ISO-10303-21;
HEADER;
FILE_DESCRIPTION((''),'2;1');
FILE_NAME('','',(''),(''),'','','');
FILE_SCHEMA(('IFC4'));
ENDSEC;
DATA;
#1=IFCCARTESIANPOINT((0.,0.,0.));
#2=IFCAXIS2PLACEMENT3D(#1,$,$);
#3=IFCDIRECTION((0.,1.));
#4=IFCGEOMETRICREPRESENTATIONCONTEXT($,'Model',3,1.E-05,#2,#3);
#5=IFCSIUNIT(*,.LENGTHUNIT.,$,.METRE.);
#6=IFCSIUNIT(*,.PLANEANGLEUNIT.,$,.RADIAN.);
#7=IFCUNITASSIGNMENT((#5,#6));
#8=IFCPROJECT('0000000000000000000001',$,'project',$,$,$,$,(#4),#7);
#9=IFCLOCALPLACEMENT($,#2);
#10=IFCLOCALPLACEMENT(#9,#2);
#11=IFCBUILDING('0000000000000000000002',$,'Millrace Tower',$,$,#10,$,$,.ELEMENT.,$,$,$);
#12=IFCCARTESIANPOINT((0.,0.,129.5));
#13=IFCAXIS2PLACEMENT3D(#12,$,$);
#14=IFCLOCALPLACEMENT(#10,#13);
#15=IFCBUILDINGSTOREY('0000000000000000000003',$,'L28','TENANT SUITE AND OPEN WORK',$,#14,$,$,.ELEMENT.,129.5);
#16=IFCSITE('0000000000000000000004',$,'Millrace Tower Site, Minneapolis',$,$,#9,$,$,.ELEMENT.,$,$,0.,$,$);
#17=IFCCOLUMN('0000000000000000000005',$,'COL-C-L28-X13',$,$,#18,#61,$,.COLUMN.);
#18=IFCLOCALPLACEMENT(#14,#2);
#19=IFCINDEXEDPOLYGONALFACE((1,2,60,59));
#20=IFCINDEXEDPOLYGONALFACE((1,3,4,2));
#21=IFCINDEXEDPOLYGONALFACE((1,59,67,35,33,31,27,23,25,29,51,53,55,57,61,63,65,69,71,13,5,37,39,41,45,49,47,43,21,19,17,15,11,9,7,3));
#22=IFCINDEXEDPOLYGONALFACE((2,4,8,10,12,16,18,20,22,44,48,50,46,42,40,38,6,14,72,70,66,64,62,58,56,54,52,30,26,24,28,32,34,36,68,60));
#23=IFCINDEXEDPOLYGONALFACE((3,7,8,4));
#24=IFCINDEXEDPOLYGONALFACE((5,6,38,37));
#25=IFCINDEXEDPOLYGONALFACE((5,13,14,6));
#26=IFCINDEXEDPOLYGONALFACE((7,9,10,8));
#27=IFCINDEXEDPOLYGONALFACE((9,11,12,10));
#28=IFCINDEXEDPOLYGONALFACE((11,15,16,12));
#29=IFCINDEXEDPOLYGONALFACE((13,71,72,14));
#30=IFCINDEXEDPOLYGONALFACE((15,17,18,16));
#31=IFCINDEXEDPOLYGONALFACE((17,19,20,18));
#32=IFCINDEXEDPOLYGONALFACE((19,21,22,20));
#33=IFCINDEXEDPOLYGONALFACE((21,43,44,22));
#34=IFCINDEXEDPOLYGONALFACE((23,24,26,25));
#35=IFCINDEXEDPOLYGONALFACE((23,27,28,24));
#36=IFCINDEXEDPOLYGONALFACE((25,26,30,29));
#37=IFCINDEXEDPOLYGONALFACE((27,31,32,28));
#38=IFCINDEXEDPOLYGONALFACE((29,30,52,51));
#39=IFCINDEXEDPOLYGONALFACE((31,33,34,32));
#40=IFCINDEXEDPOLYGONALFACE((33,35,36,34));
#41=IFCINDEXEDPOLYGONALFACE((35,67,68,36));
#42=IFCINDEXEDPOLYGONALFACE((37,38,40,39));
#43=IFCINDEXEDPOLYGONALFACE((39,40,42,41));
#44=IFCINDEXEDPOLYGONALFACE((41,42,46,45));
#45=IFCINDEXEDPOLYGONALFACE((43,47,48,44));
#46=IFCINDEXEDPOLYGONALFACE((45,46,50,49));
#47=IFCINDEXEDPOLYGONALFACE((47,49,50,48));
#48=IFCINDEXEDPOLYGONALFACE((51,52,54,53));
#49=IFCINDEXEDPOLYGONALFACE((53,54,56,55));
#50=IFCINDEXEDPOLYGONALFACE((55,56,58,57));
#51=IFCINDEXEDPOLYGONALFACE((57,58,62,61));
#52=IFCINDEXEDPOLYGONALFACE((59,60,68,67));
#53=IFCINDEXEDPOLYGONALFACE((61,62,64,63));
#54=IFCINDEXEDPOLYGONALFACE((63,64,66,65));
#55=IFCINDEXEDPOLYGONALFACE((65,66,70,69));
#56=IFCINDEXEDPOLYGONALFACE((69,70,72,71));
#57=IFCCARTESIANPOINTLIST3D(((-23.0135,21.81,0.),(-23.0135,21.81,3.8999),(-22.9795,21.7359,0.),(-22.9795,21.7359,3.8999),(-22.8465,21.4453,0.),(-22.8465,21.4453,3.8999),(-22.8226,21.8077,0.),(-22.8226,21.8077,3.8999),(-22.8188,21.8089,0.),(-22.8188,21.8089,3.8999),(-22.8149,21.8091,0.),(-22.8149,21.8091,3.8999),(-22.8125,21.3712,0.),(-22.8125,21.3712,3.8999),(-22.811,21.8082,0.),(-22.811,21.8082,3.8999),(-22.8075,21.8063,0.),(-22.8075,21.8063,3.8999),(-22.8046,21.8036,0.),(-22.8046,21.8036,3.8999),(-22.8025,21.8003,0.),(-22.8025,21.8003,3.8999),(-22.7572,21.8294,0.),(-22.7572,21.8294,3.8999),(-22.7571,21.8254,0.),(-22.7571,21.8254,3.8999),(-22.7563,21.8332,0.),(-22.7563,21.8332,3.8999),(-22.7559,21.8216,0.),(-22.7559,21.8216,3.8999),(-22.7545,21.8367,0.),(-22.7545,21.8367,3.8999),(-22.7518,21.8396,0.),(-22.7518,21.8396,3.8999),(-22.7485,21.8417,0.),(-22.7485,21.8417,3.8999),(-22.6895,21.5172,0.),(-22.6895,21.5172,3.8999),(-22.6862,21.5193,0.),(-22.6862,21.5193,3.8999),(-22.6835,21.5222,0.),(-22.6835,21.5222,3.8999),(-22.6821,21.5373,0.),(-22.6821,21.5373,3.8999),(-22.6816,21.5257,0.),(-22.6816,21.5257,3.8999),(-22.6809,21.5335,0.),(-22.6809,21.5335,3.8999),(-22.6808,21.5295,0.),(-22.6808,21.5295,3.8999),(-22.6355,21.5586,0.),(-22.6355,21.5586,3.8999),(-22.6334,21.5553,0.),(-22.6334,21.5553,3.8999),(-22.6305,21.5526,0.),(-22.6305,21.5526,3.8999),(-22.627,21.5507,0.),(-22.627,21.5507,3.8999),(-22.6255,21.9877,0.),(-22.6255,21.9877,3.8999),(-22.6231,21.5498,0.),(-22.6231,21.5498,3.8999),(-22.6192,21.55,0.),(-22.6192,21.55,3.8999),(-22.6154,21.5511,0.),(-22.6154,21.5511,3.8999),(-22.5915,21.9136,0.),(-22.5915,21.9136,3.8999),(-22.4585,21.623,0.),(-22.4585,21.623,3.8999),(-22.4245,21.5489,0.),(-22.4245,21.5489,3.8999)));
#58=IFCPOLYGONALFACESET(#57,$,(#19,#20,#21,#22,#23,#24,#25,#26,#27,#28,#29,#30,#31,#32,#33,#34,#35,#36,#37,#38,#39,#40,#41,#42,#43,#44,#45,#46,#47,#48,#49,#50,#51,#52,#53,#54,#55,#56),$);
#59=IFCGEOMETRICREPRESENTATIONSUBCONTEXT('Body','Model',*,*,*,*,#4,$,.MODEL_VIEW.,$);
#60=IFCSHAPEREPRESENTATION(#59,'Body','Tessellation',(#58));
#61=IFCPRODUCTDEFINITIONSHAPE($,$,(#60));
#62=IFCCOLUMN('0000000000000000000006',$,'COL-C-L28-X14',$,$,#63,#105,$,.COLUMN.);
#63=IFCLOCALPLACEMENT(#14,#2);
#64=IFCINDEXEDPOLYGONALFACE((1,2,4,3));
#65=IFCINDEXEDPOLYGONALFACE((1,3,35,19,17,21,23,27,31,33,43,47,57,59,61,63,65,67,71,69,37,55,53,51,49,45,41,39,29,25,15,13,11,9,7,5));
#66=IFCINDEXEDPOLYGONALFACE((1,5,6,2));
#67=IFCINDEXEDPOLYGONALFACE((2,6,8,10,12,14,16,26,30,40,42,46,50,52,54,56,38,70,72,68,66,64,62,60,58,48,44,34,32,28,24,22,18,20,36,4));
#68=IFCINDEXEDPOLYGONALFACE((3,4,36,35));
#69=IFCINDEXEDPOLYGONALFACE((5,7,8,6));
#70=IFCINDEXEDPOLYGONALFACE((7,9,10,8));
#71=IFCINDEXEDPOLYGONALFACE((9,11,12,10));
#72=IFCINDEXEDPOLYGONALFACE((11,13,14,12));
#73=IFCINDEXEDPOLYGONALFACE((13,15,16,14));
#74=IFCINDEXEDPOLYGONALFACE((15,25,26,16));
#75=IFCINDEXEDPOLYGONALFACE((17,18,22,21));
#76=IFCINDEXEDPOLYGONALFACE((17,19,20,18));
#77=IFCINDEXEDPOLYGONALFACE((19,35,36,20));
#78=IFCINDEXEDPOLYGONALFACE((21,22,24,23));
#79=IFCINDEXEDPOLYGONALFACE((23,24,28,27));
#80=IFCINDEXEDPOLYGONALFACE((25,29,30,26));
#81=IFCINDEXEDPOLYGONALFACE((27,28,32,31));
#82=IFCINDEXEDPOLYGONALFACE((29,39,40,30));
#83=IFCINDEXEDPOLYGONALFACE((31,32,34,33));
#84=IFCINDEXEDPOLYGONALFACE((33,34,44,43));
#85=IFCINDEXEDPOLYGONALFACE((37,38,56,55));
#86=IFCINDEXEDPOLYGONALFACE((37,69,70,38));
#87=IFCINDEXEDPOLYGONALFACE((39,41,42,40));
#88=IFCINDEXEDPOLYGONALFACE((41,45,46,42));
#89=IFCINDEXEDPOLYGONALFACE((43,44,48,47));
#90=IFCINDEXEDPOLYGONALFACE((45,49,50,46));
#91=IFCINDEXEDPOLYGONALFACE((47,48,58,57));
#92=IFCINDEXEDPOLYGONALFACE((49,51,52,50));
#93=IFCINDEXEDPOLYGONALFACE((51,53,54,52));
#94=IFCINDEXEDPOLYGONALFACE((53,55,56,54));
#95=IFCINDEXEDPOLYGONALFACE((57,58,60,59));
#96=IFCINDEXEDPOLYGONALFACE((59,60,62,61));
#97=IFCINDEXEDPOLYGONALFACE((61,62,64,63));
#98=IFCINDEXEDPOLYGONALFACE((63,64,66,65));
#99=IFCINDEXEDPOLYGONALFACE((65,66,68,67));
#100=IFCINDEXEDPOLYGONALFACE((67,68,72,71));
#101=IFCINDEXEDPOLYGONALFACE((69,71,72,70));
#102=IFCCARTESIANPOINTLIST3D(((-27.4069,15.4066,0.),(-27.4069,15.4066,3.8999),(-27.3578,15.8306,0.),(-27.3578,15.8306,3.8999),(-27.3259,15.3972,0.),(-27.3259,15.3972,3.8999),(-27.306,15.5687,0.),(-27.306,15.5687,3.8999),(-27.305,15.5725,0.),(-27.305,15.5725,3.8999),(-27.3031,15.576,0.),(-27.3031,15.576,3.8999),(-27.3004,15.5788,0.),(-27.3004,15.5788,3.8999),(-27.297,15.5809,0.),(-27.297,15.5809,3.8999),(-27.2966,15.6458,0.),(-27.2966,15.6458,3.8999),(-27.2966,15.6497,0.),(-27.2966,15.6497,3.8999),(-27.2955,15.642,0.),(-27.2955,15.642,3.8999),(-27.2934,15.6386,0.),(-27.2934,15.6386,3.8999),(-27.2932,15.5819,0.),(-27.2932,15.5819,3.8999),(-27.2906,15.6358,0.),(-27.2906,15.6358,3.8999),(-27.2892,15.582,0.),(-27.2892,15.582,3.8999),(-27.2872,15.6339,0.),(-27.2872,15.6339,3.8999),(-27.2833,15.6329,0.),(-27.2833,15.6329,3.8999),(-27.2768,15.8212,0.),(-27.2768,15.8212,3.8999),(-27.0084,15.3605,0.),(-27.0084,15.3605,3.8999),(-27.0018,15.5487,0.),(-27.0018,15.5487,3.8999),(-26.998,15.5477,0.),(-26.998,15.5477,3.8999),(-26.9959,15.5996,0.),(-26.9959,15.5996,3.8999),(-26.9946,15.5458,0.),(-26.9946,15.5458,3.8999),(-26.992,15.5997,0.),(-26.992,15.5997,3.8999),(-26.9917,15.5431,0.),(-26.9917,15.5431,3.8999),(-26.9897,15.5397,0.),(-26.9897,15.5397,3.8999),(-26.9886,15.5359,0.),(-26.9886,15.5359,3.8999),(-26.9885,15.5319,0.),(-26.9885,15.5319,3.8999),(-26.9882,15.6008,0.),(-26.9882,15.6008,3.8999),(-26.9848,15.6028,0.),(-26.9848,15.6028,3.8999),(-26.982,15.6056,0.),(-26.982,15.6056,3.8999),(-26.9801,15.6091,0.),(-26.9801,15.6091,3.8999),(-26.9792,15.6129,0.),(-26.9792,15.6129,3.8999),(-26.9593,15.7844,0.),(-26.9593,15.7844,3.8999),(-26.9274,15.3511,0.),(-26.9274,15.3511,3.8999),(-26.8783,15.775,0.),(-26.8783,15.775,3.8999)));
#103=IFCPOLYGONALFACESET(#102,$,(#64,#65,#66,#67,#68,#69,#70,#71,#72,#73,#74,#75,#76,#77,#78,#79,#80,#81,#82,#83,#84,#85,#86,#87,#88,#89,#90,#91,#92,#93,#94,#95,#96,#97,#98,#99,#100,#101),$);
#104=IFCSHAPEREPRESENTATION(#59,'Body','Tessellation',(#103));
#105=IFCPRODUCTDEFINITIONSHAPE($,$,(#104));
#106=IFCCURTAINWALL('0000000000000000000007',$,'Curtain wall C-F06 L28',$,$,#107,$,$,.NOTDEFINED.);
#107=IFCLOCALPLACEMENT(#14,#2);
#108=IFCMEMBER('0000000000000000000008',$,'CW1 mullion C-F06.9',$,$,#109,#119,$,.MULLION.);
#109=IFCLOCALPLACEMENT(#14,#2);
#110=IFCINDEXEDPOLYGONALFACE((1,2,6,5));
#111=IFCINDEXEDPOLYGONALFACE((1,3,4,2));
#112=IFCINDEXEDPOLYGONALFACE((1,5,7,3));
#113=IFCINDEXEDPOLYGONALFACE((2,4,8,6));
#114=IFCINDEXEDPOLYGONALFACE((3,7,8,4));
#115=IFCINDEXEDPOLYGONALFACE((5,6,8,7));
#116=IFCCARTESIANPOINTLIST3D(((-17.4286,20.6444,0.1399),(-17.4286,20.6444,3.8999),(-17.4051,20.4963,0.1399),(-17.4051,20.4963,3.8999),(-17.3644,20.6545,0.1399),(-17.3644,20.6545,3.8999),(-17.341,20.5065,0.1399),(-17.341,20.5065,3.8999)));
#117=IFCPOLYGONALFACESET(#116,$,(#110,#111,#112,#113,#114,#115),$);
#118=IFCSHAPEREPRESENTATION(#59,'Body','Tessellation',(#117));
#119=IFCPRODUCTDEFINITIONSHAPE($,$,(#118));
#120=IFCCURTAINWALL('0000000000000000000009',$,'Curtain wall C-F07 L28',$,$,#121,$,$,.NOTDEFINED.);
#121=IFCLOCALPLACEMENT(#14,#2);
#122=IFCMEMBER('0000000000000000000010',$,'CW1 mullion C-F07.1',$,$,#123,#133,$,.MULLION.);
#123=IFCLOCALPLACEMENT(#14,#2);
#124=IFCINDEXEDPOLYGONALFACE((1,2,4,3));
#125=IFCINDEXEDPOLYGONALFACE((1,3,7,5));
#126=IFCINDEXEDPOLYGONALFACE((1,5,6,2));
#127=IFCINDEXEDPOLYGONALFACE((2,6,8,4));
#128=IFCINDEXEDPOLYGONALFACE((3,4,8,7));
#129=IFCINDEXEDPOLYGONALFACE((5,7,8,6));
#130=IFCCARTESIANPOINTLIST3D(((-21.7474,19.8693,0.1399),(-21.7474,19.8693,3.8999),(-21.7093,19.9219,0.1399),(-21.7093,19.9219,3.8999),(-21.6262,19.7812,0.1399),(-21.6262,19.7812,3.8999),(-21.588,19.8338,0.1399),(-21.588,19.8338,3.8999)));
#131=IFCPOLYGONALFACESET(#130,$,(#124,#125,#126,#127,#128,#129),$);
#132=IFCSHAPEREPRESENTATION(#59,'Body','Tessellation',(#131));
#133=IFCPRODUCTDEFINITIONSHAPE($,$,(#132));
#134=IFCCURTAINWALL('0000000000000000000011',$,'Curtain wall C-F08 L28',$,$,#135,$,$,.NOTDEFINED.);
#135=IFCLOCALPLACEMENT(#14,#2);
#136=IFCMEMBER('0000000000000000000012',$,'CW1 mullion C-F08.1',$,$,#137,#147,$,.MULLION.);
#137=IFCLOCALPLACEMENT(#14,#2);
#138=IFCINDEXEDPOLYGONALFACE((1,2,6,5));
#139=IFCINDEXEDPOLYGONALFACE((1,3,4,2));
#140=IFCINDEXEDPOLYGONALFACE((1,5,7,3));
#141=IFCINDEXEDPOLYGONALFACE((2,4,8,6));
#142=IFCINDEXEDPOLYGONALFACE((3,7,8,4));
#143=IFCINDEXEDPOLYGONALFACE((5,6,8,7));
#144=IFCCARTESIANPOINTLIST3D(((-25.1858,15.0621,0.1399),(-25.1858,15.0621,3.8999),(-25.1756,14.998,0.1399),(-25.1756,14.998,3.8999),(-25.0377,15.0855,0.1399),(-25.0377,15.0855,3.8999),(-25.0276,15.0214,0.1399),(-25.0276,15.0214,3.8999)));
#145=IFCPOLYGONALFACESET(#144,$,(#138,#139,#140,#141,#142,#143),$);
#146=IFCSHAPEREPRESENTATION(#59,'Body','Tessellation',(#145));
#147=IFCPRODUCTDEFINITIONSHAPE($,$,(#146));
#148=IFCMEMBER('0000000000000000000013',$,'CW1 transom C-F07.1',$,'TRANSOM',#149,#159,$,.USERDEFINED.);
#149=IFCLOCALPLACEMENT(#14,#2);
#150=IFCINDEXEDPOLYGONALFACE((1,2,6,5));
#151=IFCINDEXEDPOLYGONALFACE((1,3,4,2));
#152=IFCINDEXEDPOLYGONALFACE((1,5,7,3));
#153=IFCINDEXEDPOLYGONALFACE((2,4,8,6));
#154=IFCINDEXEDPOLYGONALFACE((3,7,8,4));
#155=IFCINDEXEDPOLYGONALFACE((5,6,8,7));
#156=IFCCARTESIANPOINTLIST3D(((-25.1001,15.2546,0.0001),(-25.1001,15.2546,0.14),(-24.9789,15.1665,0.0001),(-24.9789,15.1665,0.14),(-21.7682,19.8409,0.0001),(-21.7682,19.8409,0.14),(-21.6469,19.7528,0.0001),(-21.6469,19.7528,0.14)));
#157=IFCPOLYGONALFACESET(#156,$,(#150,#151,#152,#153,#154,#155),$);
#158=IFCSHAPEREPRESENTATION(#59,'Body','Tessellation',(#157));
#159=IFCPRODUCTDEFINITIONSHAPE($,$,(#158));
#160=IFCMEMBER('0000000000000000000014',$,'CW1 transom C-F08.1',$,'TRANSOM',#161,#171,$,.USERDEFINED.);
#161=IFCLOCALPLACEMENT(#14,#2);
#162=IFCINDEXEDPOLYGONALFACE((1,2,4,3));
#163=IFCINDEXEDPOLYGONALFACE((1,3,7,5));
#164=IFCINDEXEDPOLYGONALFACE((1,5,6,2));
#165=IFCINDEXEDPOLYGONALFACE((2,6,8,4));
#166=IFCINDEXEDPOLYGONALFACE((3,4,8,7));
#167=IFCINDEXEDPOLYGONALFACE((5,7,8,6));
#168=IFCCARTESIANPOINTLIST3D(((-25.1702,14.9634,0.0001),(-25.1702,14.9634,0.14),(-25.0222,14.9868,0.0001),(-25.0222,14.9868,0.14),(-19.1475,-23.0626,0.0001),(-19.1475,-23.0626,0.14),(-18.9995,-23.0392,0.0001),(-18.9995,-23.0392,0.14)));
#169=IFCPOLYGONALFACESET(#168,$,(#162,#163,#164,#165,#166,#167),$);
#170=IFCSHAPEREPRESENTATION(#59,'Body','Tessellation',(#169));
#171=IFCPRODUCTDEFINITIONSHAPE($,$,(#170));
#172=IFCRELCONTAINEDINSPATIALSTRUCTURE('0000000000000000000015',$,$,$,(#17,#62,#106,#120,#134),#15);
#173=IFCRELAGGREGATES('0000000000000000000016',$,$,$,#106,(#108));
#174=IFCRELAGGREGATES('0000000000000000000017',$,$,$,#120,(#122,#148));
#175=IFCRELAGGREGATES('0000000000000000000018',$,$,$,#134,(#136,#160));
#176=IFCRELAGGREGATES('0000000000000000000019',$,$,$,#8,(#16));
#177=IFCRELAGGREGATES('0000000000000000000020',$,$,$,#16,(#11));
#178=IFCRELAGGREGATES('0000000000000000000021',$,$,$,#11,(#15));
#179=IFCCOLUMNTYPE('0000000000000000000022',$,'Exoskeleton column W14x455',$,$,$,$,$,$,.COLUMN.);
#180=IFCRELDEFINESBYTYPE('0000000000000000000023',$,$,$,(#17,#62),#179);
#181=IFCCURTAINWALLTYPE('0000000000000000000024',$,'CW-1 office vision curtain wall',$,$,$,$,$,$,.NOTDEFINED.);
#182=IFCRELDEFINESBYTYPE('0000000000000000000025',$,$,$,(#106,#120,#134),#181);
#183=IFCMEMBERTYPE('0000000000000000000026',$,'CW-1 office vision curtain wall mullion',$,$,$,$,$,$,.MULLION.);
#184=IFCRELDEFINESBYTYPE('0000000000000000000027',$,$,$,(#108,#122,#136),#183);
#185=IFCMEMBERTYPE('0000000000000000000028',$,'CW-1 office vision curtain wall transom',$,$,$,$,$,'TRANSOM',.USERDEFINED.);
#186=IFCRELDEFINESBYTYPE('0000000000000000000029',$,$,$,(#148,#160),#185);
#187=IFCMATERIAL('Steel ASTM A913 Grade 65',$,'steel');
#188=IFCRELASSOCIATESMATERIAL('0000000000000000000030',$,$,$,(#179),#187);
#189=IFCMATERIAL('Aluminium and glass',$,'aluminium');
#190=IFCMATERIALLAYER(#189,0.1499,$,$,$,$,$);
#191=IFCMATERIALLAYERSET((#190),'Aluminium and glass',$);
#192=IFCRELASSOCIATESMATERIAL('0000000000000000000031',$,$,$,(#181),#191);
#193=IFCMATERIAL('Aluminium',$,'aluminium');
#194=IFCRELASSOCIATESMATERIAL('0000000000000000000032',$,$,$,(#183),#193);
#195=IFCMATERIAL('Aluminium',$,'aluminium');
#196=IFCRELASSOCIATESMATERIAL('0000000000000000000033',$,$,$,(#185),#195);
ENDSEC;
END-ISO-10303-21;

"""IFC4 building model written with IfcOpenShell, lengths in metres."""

from ifc_helpers import new_model, si_unit, direction, frame, origin, origin_2d, place, context, subcontext, project, spatial, rectangle, i_section, extrude, material, layer, layer_set, material_profile, profile_set, type_object, element, aggregate, save


model = new_model("IFC4")

# Units and contexts
model_context = context("Model", 3, precision=1e-05, world=origin(), true_north=direction((0.0, 1.0)))
body_context = subcontext(model_context, "Body", "Model", "MODEL_VIEW")
ifc_project = project(units=[si_unit("LENGTHUNIT", "METRE"), si_unit("PLANEANGLEUNIT", "RADIAN")], contexts=[model_context])

# Site, building, storey
site_placement = place(None, origin())
site = spatial("IfcSite", under=ifc_project, at=site_placement, Name="Millrace Tower Site, Minneapolis", CompositionType="ELEMENT", RefElevation=0.0)
building_placement = place(site_placement, origin())
building = spatial("IfcBuilding", under=site, at=building_placement, Name="Millrace Tower", CompositionType="ELEMENT")
storey_placement = place(building_placement, frame((0.0, 0.0, 129.5)))
storey = spatial("IfcBuildingStorey", under=building, at=storey_placement, Name="L28", Description="TENANT SUITE AND OPEN WORK", CompositionType="ELEMENT", Elevation=129.5)

# Columns
ifc_material_1 = material(Name="Steel ASTM A913 Grade 65", Category="steel")
ifc_material_profile_1 = material_profile(ifc_material_1, i_section(OverallWidth=0.4268, OverallDepth=0.4827, WebThickness=0.0513, FlangeThickness=0.0815, FilletRadius=0.0151, at=origin_2d()))
ifc_profile_set_1 = profile_set([ifc_material_profile_1], Name="Steel ASTM A913 Grade 65")
column_type = type_object("IfcColumnType", Name="Exoskeleton column W14x455", PredefinedType="COLUMN", material=ifc_profile_set_1)
for number, where, z_axis, x_axis, name in (
    (1, (-22.719, 21.6794, 0.0), (0.0, 0.0, 1.0), (-0.909181, -0.416401, 0.0), "COL-C-L28-X13"),
    (2, (-27.1426, 15.5908, 0.0), (0.0, 0.0, 1.0), (-0.115069, -0.993358, 0.0), "COL-C-L28-X14"),
):
    element("IfcColumn", number, at=place(storey_placement, frame(where, z_axis=z_axis, x_axis=x_axis)), inside=storey, type_object=column_type, Name=name, PredefinedType="COLUMN", context=body_context, shape_type="SweptSolid", body=[
        extrude(i_section(OverallWidth=0.4268, OverallDepth=0.4827, WebThickness=0.0513, FlangeThickness=0.0815, FilletRadius=0.0151, at=origin_2d()), origin(), (0.0, 0.0, 1.0), 3.8999),
    ])

# Curtain walls, members
ifc_material_2 = material(Name="Aluminium and glass", Category="aluminium")
ifc_layer_1 = layer(ifc_material_2, 0.1499)
ifc_layer_set_1 = layer_set([ifc_layer_1], Name="Aluminium and glass")
curtain_wall_type = type_object("IfcCurtainWallType", Name="CW-1 office vision curtain wall", PredefinedType="NOTDEFINED", material=ifc_layer_set_1)
placement = place(storey_placement, origin())
curtain_wall_1 = element("IfcCurtainWall", 3, at=placement, inside=storey, type_object=curtain_wall_type, Name="Curtain wall C-F06 L28", PredefinedType="NOTDEFINED")
ifc_material_3 = material(Name="Aluminium", Category="aluminium")
ifc_material_profile_2 = material_profile(ifc_material_3, rectangle(XDim=0.0649, YDim=0.1499, at=origin_2d()))
ifc_profile_set_2 = profile_set([ifc_material_profile_2], Name="Aluminium")
member_type_1 = type_object("IfcMemberType", Name="CW-1 office vision curtain wall mullion", PredefinedType="MULLION", material=ifc_profile_set_2)
member_1_placement = place(storey_placement, frame((-17.3848, 20.5754, 0.1399), z_axis=(0.0, 0.0, 1.0), x_axis=(-0.987688, -0.156434, 0.0)))
member_1 = element("IfcMember", 4, at=member_1_placement, type_object=member_type_1, Name="CW1 mullion C-F06.9", PredefinedType="MULLION", context=body_context, shape_type="SweptSolid", body=[
    extrude(rectangle(XDim=0.0649, YDim=0.1499, at=origin_2d()), origin(), (0.0, 0.0, 1.0), 3.76),
])
aggregate(curtain_wall_1, [member_1])
curtain_wall_2 = element("IfcCurtainWall", 5, at=placement, inside=storey, type_object=curtain_wall_type, Name="Curtain wall C-F07 L28", PredefinedType="NOTDEFINED")
member_2_placement = place(storey_placement, frame((-21.6677, 19.8516, 0.1399), z_axis=(0.0, 0.0, 1.0), x_axis=(-0.587785, -0.809017, 0.0)))
member_2 = element("IfcMember", 6, at=member_2_placement, type_object=member_type_1, Name="CW1 mullion C-F07.1", PredefinedType="MULLION", context=body_context, shape_type="SweptSolid", body=[
    extrude(rectangle(XDim=0.0649, YDim=0.1499, at=origin_2d()), origin(), (0.0, 0.0, 1.0), 3.76),
])
curtain_wall_3 = element("IfcCurtainWall", 7, at=placement, inside=storey, type_object=curtain_wall_type, Name="Curtain wall C-F08 L28", PredefinedType="NOTDEFINED")
member_3_placement = place(storey_placement, frame((-25.1067, 15.0417, 0.1399), z_axis=(0.0, 0.0, 1.0), x_axis=(0.156434, -0.987688, 0.0)))
member_3 = element("IfcMember", 8, at=member_3_placement, type_object=member_type_1, Name="CW1 mullion C-F08.1", PredefinedType="MULLION", context=body_context, shape_type="SweptSolid", body=[
    extrude(rectangle(XDim=0.0649, YDim=0.1499, at=origin_2d()), origin(), (0.0, 0.0, 1.0), 3.76),
])

# Members
ifc_material_4 = material(Name="Aluminium", Category="aluminium")
ifc_material_profile_3 = material_profile(ifc_material_4, rectangle(XDim=0.1499, YDim=0.1399, at=origin_2d()))
ifc_profile_set_3 = profile_set([ifc_material_profile_3], Name="Aluminium")
member_type_2 = type_object("IfcMemberType", Name="CW-1 office vision curtain wall transom", ElementType="TRANSOM", PredefinedType="USERDEFINED", material=ifc_profile_set_3)
member_4_placement = place(storey_placement, frame((-21.7075, 19.7969, 0.0701), z_axis=(-0.587762, -0.809034, 0.0), x_axis=(0.809034, -0.587762, 0.0)))
member_4 = element("IfcMember", 9, at=member_4_placement, type_object=member_type_2, Name="CW1 transom C-F07.1", ObjectType="TRANSOM", PredefinedType="USERDEFINED", context=body_context, shape_type="SweptSolid", body=[
    extrude(rectangle(XDim=0.1499, YDim=0.1399, at=origin_2d()), origin(), (0.0, 0.0, 1.0), 5.6689),
])
aggregate(curtain_wall_2, [member_2, member_4])
member_5_placement = place(storey_placement, frame((-25.0962, 14.9751, 0.0701), z_axis=(0.156433, -0.987689, 0.0), x_axis=(0.987689, 0.156433, 0.0)))
member_5 = element("IfcMember", 10, at=member_5_placement, type_object=member_type_2, Name="CW1 transom C-F08.1", ObjectType="TRANSOM", PredefinedType="USERDEFINED", context=body_context, shape_type="SweptSolid", body=[
    extrude(rectangle(XDim=0.1499, YDim=0.1399, at=origin_2d()), origin(), (0.0, 0.0, 1.0), 38.5),
])
aggregate(curtain_wall_3, [member_3, member_5])

save(model, "model.ifc")
